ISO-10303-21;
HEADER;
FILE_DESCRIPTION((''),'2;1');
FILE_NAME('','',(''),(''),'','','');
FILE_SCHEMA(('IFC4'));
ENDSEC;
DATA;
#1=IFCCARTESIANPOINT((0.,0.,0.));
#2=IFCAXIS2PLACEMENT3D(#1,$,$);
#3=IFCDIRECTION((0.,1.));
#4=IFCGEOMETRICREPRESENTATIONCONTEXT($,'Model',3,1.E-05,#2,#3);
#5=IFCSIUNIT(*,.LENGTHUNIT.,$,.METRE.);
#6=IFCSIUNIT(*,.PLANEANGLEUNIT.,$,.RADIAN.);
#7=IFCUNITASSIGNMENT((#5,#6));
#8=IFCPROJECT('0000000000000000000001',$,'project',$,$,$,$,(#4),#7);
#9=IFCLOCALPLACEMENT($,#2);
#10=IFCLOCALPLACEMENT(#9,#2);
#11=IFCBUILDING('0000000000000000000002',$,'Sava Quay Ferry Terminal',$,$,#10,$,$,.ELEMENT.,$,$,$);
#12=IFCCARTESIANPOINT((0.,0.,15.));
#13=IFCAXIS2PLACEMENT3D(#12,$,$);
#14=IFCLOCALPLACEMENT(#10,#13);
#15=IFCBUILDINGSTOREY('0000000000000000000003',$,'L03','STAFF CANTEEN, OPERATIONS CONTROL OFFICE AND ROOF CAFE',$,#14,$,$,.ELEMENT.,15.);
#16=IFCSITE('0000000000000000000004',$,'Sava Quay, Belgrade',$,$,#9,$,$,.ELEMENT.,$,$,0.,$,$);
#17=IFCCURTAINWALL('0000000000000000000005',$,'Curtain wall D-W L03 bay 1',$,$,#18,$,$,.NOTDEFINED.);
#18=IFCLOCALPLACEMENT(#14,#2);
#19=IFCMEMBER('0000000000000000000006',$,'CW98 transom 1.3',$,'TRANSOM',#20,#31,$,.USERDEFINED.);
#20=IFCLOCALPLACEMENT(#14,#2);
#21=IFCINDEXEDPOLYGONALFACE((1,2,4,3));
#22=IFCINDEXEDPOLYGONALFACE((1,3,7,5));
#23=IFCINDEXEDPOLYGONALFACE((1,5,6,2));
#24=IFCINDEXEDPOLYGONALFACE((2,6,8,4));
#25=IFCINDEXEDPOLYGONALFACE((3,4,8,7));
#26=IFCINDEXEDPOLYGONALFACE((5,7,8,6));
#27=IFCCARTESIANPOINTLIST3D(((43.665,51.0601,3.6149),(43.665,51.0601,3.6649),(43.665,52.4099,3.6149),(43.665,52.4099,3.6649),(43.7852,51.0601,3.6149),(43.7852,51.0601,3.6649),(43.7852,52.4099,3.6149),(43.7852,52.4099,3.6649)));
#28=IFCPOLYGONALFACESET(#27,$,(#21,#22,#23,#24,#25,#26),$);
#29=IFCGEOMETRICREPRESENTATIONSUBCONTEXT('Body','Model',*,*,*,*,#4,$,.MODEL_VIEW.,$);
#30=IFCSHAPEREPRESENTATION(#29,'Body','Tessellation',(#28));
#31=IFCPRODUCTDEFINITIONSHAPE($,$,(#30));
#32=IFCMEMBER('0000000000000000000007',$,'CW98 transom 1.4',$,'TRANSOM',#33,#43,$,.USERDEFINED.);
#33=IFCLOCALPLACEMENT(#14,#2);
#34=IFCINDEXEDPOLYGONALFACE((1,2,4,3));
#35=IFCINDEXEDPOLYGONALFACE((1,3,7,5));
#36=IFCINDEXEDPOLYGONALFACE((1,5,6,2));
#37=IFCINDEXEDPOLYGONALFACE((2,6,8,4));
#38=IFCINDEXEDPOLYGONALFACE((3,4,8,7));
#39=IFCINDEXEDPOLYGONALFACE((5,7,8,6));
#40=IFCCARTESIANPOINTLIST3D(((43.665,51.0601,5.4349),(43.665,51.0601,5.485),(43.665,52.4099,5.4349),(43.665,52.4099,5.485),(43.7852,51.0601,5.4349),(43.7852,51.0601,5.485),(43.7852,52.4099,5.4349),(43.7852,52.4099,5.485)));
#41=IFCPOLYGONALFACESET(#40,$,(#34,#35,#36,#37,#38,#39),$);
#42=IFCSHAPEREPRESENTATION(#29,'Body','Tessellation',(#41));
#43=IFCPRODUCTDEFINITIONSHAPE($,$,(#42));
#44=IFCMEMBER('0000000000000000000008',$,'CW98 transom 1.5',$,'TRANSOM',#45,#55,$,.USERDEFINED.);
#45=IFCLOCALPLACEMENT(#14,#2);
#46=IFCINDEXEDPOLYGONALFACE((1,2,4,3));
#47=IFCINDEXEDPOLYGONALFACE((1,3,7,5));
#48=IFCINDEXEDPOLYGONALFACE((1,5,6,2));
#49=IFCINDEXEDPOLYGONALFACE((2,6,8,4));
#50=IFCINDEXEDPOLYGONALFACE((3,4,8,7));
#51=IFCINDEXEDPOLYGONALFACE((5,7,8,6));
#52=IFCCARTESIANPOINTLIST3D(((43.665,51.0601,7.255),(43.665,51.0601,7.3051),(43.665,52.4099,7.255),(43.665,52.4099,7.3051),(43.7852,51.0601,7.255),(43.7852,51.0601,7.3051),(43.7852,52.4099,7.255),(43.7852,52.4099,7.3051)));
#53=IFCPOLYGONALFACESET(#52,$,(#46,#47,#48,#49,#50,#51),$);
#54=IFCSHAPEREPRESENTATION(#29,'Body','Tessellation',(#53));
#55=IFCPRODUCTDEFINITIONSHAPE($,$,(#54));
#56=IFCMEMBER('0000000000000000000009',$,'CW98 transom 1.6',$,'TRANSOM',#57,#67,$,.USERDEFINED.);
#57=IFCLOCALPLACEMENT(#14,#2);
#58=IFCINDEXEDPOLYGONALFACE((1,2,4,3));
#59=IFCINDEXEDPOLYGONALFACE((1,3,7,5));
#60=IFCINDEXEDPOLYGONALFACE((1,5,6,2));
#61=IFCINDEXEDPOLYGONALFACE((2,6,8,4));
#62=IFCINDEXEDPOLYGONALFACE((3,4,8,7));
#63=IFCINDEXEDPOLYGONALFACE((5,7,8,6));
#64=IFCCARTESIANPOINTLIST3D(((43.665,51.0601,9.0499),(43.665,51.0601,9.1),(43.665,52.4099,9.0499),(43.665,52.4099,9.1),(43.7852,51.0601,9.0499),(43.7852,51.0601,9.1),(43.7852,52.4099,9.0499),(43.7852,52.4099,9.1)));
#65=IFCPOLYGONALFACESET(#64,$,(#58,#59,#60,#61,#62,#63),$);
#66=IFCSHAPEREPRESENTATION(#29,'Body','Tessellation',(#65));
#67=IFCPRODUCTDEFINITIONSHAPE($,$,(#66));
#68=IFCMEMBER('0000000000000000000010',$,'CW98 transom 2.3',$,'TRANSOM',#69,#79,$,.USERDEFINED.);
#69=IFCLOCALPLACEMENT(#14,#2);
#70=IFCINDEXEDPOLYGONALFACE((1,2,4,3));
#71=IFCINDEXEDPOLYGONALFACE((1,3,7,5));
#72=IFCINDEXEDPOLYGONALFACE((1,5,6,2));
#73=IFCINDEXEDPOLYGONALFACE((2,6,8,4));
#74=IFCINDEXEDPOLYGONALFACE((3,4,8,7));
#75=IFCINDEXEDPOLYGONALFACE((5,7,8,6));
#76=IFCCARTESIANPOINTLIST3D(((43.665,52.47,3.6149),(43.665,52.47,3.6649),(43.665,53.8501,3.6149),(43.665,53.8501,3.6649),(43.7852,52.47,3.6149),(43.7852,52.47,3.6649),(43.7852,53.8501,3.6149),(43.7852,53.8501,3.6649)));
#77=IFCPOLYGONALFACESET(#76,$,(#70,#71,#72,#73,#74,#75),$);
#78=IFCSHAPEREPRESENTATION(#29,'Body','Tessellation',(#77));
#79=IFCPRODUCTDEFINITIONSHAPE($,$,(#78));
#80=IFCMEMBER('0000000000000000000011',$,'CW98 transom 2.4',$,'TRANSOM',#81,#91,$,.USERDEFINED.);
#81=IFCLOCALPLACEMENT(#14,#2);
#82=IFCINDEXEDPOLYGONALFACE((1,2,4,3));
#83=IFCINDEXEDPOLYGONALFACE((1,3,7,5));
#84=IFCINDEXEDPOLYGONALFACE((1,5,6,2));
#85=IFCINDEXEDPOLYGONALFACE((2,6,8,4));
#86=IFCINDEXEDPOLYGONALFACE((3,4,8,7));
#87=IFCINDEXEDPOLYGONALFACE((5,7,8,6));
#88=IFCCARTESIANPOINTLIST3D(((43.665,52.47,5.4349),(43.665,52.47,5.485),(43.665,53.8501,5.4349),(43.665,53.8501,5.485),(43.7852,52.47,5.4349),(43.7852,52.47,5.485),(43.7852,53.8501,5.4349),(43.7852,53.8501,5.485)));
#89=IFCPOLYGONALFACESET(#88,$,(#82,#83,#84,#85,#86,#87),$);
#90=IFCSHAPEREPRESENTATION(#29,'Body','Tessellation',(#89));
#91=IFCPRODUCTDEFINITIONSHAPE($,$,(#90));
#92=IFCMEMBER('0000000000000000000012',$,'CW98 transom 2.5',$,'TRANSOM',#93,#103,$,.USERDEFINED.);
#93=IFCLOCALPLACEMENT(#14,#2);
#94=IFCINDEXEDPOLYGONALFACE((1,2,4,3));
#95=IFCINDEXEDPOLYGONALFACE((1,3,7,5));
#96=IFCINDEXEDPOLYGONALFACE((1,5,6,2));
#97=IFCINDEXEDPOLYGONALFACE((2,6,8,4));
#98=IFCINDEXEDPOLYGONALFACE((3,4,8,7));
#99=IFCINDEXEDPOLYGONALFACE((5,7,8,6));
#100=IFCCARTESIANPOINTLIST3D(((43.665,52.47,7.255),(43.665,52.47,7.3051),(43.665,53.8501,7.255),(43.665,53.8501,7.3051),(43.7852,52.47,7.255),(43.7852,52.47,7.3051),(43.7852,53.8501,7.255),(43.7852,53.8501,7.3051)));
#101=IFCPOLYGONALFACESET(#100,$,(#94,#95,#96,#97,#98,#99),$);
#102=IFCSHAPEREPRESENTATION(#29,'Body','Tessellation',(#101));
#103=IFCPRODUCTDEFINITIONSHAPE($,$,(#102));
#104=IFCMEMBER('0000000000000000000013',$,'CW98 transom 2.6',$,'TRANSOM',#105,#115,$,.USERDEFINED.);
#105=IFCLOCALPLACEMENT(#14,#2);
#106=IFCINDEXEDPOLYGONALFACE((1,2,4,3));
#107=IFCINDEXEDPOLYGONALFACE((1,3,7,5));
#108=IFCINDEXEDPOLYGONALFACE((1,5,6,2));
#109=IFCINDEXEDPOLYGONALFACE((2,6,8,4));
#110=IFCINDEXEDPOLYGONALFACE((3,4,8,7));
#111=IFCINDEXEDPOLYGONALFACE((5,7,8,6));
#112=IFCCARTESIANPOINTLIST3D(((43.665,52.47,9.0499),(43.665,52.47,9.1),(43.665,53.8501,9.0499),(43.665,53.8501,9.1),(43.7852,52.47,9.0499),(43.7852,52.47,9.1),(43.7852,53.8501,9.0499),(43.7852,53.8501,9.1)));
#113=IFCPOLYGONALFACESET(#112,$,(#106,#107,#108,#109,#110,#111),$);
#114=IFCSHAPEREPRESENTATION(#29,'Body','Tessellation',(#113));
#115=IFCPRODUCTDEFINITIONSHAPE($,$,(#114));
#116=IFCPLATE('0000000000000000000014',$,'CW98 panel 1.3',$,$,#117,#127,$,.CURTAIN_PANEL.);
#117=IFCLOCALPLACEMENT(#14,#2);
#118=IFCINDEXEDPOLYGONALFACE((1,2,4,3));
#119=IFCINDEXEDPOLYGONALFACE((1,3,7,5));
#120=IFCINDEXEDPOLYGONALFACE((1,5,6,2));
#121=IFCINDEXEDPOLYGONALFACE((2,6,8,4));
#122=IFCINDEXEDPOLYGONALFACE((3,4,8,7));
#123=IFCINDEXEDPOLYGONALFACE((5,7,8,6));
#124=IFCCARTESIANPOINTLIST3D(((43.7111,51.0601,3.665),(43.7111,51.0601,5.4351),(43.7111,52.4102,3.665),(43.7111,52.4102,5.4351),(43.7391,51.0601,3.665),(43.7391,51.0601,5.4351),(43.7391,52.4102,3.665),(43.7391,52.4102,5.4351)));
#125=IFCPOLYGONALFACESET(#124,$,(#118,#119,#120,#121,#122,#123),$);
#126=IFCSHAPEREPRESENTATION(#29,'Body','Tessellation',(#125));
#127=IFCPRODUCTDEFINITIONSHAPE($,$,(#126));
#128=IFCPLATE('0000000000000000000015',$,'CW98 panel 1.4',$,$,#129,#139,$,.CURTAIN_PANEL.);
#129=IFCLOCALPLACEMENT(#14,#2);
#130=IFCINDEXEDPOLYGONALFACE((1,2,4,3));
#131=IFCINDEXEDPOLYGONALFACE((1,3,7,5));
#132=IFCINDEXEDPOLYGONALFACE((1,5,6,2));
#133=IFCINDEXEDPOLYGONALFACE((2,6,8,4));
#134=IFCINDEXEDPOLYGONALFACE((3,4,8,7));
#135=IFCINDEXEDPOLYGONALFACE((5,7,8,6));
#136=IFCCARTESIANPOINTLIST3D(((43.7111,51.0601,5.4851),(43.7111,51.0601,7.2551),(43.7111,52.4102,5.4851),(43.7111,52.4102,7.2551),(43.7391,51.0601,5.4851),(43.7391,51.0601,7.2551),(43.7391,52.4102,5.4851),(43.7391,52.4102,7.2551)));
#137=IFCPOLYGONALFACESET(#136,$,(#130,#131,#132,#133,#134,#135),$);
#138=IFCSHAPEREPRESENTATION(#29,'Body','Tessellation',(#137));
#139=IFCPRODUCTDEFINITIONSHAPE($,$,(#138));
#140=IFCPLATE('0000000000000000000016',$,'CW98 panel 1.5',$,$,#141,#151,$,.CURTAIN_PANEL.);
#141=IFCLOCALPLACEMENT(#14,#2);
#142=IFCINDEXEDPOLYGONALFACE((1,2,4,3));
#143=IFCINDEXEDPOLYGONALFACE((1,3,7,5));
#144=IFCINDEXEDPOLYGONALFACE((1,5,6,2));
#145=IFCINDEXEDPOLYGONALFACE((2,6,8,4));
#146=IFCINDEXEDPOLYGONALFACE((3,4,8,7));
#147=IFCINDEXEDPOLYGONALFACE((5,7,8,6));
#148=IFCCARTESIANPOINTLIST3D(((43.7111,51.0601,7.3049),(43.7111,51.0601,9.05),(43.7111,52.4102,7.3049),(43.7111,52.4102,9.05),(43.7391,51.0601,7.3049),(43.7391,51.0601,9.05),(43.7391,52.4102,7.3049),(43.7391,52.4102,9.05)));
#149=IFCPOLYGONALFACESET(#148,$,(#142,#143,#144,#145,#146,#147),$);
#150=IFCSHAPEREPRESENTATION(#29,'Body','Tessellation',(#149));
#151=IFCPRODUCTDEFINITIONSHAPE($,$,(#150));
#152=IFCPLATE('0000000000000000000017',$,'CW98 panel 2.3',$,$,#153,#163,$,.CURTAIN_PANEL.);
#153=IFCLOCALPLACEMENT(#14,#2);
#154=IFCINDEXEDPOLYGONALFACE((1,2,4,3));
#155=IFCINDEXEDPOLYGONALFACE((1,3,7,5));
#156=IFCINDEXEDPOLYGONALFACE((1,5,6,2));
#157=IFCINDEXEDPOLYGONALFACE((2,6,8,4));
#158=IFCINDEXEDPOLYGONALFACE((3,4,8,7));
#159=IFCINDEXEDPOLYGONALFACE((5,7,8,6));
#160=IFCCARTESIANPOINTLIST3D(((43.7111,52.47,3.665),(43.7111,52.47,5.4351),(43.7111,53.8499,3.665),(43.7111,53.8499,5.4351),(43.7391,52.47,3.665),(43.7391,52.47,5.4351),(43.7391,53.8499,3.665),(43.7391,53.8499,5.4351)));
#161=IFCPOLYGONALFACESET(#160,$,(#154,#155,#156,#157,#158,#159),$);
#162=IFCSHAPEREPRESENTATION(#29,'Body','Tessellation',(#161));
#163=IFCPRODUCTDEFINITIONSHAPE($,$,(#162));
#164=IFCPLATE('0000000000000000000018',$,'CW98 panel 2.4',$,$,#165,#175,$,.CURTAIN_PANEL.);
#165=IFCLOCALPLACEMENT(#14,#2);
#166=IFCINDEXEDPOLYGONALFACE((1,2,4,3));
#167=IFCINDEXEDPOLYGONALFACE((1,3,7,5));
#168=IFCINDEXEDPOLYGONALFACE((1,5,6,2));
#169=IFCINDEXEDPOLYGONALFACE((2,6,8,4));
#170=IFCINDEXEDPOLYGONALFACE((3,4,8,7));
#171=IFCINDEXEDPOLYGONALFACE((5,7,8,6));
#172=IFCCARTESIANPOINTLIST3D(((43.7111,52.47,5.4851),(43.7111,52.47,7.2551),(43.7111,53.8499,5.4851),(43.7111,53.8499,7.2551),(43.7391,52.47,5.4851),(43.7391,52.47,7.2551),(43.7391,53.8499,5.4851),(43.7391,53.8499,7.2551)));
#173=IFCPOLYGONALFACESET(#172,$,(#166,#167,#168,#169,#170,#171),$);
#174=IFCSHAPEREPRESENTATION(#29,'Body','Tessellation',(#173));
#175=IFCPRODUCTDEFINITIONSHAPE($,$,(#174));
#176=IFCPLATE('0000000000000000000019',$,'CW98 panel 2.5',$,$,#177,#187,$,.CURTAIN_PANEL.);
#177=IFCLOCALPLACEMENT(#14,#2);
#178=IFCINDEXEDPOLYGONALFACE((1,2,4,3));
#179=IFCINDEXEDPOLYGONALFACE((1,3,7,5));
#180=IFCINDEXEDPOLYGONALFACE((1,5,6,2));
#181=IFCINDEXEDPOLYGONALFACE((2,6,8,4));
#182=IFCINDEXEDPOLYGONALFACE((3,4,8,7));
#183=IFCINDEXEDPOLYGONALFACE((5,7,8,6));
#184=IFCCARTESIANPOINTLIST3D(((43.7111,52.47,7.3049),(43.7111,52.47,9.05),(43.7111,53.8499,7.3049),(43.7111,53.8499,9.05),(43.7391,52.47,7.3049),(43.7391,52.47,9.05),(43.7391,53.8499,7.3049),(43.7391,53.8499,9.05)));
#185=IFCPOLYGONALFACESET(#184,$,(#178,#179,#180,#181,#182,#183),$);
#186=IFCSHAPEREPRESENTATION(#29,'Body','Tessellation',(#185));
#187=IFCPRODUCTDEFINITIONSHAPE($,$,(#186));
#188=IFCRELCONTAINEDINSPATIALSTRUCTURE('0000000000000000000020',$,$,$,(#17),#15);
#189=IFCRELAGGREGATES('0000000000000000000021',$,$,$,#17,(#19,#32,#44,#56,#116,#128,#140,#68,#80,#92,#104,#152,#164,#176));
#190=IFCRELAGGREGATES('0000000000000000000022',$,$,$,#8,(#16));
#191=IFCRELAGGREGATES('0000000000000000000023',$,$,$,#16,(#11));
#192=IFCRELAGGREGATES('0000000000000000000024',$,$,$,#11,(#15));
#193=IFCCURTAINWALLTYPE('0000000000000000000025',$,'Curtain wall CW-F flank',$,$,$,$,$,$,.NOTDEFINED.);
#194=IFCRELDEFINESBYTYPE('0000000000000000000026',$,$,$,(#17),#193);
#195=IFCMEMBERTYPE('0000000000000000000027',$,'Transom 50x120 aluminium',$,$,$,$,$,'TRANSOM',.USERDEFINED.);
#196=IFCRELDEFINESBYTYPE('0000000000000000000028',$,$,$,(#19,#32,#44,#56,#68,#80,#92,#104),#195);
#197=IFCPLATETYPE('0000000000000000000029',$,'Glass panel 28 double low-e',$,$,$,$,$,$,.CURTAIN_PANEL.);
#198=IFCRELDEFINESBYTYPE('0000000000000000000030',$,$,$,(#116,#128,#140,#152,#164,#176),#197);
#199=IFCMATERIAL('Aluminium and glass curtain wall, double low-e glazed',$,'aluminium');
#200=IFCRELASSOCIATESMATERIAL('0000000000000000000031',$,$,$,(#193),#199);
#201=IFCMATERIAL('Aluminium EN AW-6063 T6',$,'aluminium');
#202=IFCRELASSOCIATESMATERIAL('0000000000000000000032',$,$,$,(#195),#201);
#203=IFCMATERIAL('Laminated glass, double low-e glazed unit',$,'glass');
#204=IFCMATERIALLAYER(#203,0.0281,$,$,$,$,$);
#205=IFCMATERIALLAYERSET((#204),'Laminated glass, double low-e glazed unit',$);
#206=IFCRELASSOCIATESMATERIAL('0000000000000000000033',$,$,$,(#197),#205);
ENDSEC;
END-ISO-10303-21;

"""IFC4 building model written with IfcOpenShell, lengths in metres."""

from ifc_helpers import new_model, si_unit, direction, frame, origin, origin_2d, place, context, subcontext, project, spatial, rectangle, extrude, material, layer, layer_set, material_profile, profile_set, type_object, element, aggregate, save


model = new_model("IFC4")

# Units and contexts
model_context = context("Model", 3, precision=1e-05, world=origin(), true_north=direction((0.0, 1.0)))
body_context = subcontext(model_context, "Body", "Model", "MODEL_VIEW")
ifc_project = project(units=[si_unit("LENGTHUNIT", "METRE"), si_unit("PLANEANGLEUNIT", "RADIAN")], contexts=[model_context])

# Site, building, storey
site_placement = place(None, origin())
site = spatial("IfcSite", under=ifc_project, at=site_placement, Name="Sava Quay, Belgrade", CompositionType="ELEMENT", RefElevation=0.0)
building_placement = place(site_placement, origin())
building = spatial("IfcBuilding", under=site, at=building_placement, Name="Sava Quay Ferry Terminal", CompositionType="ELEMENT")
storey_placement = place(building_placement, frame((0.0, 0.0, 15.0)))
storey = spatial("IfcBuildingStorey", under=building, at=storey_placement, Name="L03", Description="STAFF CANTEEN, OPERATIONS CONTROL OFFICE AND ROOF CAFE", CompositionType="ELEMENT", Elevation=15.0)

# Curtain wall, members, plates
ifc_material_1 = material(Name="Aluminium and glass curtain wall, double low-e glazed", Category="aluminium")
curtain_wall_type = type_object("IfcCurtainWallType", Name="Curtain wall CW-F flank", PredefinedType="NOTDEFINED", material=ifc_material_1)
curtain_wall_placement = place(storey_placement, origin())
curtain_wall = element("IfcCurtainWall", 1, at=curtain_wall_placement, inside=storey, type_object=curtain_wall_type, Name="Curtain wall D-W L03 bay 1", PredefinedType="NOTDEFINED")
ifc_material_2 = material(Name="Aluminium EN AW-6063 T6", Category="aluminium")
ifc_material_profile_1 = material_profile(ifc_material_2, rectangle(XDim=0.1201, YDim=0.05, at=origin_2d()), Name="Transom 50x120 aluminium")
ifc_profile_set_1 = profile_set([ifc_material_profile_1], Name="Aluminium EN AW-6063 T6")
member_type_1 = type_object("IfcMemberType", Name="Transom 50x120 aluminium", ElementType="TRANSOM", PredefinedType="USERDEFINED", material=ifc_profile_set_1)
member_1_placement = place(storey_placement, frame((43.7251, 51.0601, 3.6399), z_axis=(0.0, 1.0, 0.0), x_axis=(-1.0, 0.0, 0.0)))
member_1 = element("IfcMember", 2, at=member_1_placement, type_object=member_type_1, Name="CW98 transom 1.3", ObjectType="TRANSOM", PredefinedType="USERDEFINED", context=body_context, shape_type="SweptSolid", body=[
    extrude(rectangle(XDim=0.1201, YDim=0.05, at=origin_2d()), origin(), (0.0, 0.0, 1.0), 1.3499),
])
member_2_placement = place(storey_placement, frame((43.7251, 51.0601, 5.46), z_axis=(0.0, 1.0, 0.0), x_axis=(-1.0, 0.0, 0.0)))
member_2 = element("IfcMember", 3, at=member_2_placement, type_object=member_type_1, Name="CW98 transom 1.4", ObjectType="TRANSOM", PredefinedType="USERDEFINED", context=body_context, shape_type="SweptSolid", body=[
    extrude(rectangle(XDim=0.1201, YDim=0.05, at=origin_2d()), origin(), (0.0, 0.0, 1.0), 1.3499),
])
member_3_placement = place(storey_placement, frame((43.7251, 51.0601, 7.28), z_axis=(0.0, 1.0, 0.0), x_axis=(-1.0, 0.0, 0.0)))
member_3 = element("IfcMember", 4, at=member_3_placement, type_object=member_type_1, Name="CW98 transom 1.5", ObjectType="TRANSOM", PredefinedType="USERDEFINED", context=body_context, shape_type="SweptSolid", body=[
    extrude(rectangle(XDim=0.1201, YDim=0.05, at=origin_2d()), origin(), (0.0, 0.0, 1.0), 1.3499),
])
member_4_placement = place(storey_placement, frame((43.7251, 51.0601, 9.075), z_axis=(0.0, 1.0, 0.0), x_axis=(-1.0, 0.0, 0.0)))
member_4 = element("IfcMember", 5, at=member_4_placement, type_object=member_type_1, Name="CW98 transom 1.6", ObjectType="TRANSOM", PredefinedType="USERDEFINED", context=body_context, shape_type="SweptSolid", body=[
    extrude(rectangle(XDim=0.1201, YDim=0.05, at=origin_2d()), origin(), (0.0, 0.0, 1.0), 1.3499),
])
member_5_placement = place(storey_placement, frame((43.7251, 52.47, 3.6399), z_axis=(0.0, 1.0, 0.0), x_axis=(-1.0, 0.0, 0.0)))
member_5 = element("IfcMember", 6, at=member_5_placement, type_object=member_type_1, Name="CW98 transom 2.3", ObjectType="TRANSOM", PredefinedType="USERDEFINED", context=body_context, shape_type="SweptSolid", body=[
    extrude(rectangle(XDim=0.1201, YDim=0.05, at=origin_2d()), origin(), (0.0, 0.0, 1.0), 1.3801),
])
member_6_placement = place(storey_placement, frame((43.7251, 52.47, 5.46), z_axis=(0.0, 1.0, 0.0), x_axis=(-1.0, 0.0, 0.0)))
member_6 = element("IfcMember", 7, at=member_6_placement, type_object=member_type_1, Name="CW98 transom 2.4", ObjectType="TRANSOM", PredefinedType="USERDEFINED", context=body_context, shape_type="SweptSolid", body=[
    extrude(rectangle(XDim=0.1201, YDim=0.05, at=origin_2d()), origin(), (0.0, 0.0, 1.0), 1.3801),
])
member_7_placement = place(storey_placement, frame((43.7251, 52.47, 7.28), z_axis=(0.0, 1.0, 0.0), x_axis=(-1.0, 0.0, 0.0)))
member_7 = element("IfcMember", 8, at=member_7_placement, type_object=member_type_1, Name="CW98 transom 2.5", ObjectType="TRANSOM", PredefinedType="USERDEFINED", context=body_context, shape_type="SweptSolid", body=[
    extrude(rectangle(XDim=0.1201, YDim=0.05, at=origin_2d()), origin(), (0.0, 0.0, 1.0), 1.3801),
])
member_8_placement = place(storey_placement, frame((43.7251, 52.47, 9.075), z_axis=(0.0, 1.0, 0.0), x_axis=(-1.0, 0.0, 0.0)))
member_8 = element("IfcMember", 9, at=member_8_placement, type_object=member_type_1, Name="CW98 transom 2.6", ObjectType="TRANSOM", PredefinedType="USERDEFINED", context=body_context, shape_type="SweptSolid", body=[
    extrude(rectangle(XDim=0.1201, YDim=0.05, at=origin_2d()), origin(), (0.0, 0.0, 1.0), 1.3801),
])
ifc_material_3 = material(Name="Laminated glass, double low-e glazed unit", Category="glass")
ifc_layer_1 = layer(ifc_material_3, 0.0281)
ifc_layer_set_1 = layer_set([ifc_layer_1], Name="Laminated glass, double low-e glazed unit")
plate_type = type_object("IfcPlateType", Name="Glass panel 28 double low-e", PredefinedType="CURTAIN_PANEL", material=ifc_layer_set_1)
plate_1_placement = place(storey_placement, frame((43.7251, 51.7351, 3.665), z_axis=(0.0, 0.0, 1.0), x_axis=(0.0, 1.0, 0.0)))
plate_1 = element("IfcPlate", 10, at=plate_1_placement, type_object=plate_type, Name="CW98 panel 1.3", PredefinedType="CURTAIN_PANEL", context=body_context, shape_type="SweptSolid", body=[
    extrude(rectangle(XDim=1.3501, YDim=0.0281, at=origin_2d()), origin(), (0.0, 0.0, 1.0), 1.77),
])
plate_2_placement = place(storey_placement, frame((43.7251, 51.7351, 5.4851), z_axis=(0.0, 0.0, 1.0), x_axis=(0.0, 1.0, 0.0)))
plate_2 = element("IfcPlate", 11, at=plate_2_placement, type_object=plate_type, Name="CW98 panel 1.4", PredefinedType="CURTAIN_PANEL", context=body_context, shape_type="SweptSolid", body=[
    extrude(rectangle(XDim=1.3501, YDim=0.0281, at=origin_2d()), origin(), (0.0, 0.0, 1.0), 1.77),
])
plate_3_placement = place(storey_placement, frame((43.7251, 51.7351, 7.3049), z_axis=(0.0, 0.0, 1.0), x_axis=(0.0, 1.0, 0.0)))
plate_3 = element("IfcPlate", 12, at=plate_3_placement, type_object=plate_type, Name="CW98 panel 1.5", PredefinedType="CURTAIN_PANEL", context=body_context, shape_type="SweptSolid", body=[
    extrude(rectangle(XDim=1.3501, YDim=0.0281, at=origin_2d()), origin(), (0.0, 0.0, 1.0), 1.7451),
])
plate_4_placement = place(storey_placement, frame((43.7251, 53.1599, 3.665), z_axis=(0.0, 0.0, 1.0), x_axis=(0.0, 1.0, 0.0)))
plate_4 = element("IfcPlate", 13, at=plate_4_placement, type_object=plate_type, Name="CW98 panel 2.3", PredefinedType="CURTAIN_PANEL", context=body_context, shape_type="SweptSolid", body=[
    extrude(rectangle(XDim=1.3799, YDim=0.0281, at=origin_2d()), origin(), (0.0, 0.0, 1.0), 1.77),
])
plate_5_placement = place(storey_placement, frame((43.7251, 53.1599, 5.4851), z_axis=(0.0, 0.0, 1.0), x_axis=(0.0, 1.0, 0.0)))
plate_5 = element("IfcPlate", 14, at=plate_5_placement, type_object=plate_type, Name="CW98 panel 2.4", PredefinedType="CURTAIN_PANEL", context=body_context, shape_type="SweptSolid", body=[
    extrude(rectangle(XDim=1.3799, YDim=0.0281, at=origin_2d()), origin(), (0.0, 0.0, 1.0), 1.77),
])
plate_6_placement = place(storey_placement, frame((43.7251, 53.1599, 7.3049), z_axis=(0.0, 0.0, 1.0), x_axis=(0.0, 1.0, 0.0)))
plate_6 = element("IfcPlate", 15, at=plate_6_placement, type_object=plate_type, Name="CW98 panel 2.5", PredefinedType="CURTAIN_PANEL", context=body_context, shape_type="SweptSolid", body=[
    extrude(rectangle(XDim=1.3799, YDim=0.0281, at=origin_2d()), origin(), (0.0, 0.0, 1.0), 1.7451),
])
aggregate(curtain_wall, [member_1, member_2, member_3, member_4, plate_1, plate_2, plate_3, member_5, member_6, member_7, member_8, plate_4, plate_5, plate_6])

save(model, "model.ifc")
